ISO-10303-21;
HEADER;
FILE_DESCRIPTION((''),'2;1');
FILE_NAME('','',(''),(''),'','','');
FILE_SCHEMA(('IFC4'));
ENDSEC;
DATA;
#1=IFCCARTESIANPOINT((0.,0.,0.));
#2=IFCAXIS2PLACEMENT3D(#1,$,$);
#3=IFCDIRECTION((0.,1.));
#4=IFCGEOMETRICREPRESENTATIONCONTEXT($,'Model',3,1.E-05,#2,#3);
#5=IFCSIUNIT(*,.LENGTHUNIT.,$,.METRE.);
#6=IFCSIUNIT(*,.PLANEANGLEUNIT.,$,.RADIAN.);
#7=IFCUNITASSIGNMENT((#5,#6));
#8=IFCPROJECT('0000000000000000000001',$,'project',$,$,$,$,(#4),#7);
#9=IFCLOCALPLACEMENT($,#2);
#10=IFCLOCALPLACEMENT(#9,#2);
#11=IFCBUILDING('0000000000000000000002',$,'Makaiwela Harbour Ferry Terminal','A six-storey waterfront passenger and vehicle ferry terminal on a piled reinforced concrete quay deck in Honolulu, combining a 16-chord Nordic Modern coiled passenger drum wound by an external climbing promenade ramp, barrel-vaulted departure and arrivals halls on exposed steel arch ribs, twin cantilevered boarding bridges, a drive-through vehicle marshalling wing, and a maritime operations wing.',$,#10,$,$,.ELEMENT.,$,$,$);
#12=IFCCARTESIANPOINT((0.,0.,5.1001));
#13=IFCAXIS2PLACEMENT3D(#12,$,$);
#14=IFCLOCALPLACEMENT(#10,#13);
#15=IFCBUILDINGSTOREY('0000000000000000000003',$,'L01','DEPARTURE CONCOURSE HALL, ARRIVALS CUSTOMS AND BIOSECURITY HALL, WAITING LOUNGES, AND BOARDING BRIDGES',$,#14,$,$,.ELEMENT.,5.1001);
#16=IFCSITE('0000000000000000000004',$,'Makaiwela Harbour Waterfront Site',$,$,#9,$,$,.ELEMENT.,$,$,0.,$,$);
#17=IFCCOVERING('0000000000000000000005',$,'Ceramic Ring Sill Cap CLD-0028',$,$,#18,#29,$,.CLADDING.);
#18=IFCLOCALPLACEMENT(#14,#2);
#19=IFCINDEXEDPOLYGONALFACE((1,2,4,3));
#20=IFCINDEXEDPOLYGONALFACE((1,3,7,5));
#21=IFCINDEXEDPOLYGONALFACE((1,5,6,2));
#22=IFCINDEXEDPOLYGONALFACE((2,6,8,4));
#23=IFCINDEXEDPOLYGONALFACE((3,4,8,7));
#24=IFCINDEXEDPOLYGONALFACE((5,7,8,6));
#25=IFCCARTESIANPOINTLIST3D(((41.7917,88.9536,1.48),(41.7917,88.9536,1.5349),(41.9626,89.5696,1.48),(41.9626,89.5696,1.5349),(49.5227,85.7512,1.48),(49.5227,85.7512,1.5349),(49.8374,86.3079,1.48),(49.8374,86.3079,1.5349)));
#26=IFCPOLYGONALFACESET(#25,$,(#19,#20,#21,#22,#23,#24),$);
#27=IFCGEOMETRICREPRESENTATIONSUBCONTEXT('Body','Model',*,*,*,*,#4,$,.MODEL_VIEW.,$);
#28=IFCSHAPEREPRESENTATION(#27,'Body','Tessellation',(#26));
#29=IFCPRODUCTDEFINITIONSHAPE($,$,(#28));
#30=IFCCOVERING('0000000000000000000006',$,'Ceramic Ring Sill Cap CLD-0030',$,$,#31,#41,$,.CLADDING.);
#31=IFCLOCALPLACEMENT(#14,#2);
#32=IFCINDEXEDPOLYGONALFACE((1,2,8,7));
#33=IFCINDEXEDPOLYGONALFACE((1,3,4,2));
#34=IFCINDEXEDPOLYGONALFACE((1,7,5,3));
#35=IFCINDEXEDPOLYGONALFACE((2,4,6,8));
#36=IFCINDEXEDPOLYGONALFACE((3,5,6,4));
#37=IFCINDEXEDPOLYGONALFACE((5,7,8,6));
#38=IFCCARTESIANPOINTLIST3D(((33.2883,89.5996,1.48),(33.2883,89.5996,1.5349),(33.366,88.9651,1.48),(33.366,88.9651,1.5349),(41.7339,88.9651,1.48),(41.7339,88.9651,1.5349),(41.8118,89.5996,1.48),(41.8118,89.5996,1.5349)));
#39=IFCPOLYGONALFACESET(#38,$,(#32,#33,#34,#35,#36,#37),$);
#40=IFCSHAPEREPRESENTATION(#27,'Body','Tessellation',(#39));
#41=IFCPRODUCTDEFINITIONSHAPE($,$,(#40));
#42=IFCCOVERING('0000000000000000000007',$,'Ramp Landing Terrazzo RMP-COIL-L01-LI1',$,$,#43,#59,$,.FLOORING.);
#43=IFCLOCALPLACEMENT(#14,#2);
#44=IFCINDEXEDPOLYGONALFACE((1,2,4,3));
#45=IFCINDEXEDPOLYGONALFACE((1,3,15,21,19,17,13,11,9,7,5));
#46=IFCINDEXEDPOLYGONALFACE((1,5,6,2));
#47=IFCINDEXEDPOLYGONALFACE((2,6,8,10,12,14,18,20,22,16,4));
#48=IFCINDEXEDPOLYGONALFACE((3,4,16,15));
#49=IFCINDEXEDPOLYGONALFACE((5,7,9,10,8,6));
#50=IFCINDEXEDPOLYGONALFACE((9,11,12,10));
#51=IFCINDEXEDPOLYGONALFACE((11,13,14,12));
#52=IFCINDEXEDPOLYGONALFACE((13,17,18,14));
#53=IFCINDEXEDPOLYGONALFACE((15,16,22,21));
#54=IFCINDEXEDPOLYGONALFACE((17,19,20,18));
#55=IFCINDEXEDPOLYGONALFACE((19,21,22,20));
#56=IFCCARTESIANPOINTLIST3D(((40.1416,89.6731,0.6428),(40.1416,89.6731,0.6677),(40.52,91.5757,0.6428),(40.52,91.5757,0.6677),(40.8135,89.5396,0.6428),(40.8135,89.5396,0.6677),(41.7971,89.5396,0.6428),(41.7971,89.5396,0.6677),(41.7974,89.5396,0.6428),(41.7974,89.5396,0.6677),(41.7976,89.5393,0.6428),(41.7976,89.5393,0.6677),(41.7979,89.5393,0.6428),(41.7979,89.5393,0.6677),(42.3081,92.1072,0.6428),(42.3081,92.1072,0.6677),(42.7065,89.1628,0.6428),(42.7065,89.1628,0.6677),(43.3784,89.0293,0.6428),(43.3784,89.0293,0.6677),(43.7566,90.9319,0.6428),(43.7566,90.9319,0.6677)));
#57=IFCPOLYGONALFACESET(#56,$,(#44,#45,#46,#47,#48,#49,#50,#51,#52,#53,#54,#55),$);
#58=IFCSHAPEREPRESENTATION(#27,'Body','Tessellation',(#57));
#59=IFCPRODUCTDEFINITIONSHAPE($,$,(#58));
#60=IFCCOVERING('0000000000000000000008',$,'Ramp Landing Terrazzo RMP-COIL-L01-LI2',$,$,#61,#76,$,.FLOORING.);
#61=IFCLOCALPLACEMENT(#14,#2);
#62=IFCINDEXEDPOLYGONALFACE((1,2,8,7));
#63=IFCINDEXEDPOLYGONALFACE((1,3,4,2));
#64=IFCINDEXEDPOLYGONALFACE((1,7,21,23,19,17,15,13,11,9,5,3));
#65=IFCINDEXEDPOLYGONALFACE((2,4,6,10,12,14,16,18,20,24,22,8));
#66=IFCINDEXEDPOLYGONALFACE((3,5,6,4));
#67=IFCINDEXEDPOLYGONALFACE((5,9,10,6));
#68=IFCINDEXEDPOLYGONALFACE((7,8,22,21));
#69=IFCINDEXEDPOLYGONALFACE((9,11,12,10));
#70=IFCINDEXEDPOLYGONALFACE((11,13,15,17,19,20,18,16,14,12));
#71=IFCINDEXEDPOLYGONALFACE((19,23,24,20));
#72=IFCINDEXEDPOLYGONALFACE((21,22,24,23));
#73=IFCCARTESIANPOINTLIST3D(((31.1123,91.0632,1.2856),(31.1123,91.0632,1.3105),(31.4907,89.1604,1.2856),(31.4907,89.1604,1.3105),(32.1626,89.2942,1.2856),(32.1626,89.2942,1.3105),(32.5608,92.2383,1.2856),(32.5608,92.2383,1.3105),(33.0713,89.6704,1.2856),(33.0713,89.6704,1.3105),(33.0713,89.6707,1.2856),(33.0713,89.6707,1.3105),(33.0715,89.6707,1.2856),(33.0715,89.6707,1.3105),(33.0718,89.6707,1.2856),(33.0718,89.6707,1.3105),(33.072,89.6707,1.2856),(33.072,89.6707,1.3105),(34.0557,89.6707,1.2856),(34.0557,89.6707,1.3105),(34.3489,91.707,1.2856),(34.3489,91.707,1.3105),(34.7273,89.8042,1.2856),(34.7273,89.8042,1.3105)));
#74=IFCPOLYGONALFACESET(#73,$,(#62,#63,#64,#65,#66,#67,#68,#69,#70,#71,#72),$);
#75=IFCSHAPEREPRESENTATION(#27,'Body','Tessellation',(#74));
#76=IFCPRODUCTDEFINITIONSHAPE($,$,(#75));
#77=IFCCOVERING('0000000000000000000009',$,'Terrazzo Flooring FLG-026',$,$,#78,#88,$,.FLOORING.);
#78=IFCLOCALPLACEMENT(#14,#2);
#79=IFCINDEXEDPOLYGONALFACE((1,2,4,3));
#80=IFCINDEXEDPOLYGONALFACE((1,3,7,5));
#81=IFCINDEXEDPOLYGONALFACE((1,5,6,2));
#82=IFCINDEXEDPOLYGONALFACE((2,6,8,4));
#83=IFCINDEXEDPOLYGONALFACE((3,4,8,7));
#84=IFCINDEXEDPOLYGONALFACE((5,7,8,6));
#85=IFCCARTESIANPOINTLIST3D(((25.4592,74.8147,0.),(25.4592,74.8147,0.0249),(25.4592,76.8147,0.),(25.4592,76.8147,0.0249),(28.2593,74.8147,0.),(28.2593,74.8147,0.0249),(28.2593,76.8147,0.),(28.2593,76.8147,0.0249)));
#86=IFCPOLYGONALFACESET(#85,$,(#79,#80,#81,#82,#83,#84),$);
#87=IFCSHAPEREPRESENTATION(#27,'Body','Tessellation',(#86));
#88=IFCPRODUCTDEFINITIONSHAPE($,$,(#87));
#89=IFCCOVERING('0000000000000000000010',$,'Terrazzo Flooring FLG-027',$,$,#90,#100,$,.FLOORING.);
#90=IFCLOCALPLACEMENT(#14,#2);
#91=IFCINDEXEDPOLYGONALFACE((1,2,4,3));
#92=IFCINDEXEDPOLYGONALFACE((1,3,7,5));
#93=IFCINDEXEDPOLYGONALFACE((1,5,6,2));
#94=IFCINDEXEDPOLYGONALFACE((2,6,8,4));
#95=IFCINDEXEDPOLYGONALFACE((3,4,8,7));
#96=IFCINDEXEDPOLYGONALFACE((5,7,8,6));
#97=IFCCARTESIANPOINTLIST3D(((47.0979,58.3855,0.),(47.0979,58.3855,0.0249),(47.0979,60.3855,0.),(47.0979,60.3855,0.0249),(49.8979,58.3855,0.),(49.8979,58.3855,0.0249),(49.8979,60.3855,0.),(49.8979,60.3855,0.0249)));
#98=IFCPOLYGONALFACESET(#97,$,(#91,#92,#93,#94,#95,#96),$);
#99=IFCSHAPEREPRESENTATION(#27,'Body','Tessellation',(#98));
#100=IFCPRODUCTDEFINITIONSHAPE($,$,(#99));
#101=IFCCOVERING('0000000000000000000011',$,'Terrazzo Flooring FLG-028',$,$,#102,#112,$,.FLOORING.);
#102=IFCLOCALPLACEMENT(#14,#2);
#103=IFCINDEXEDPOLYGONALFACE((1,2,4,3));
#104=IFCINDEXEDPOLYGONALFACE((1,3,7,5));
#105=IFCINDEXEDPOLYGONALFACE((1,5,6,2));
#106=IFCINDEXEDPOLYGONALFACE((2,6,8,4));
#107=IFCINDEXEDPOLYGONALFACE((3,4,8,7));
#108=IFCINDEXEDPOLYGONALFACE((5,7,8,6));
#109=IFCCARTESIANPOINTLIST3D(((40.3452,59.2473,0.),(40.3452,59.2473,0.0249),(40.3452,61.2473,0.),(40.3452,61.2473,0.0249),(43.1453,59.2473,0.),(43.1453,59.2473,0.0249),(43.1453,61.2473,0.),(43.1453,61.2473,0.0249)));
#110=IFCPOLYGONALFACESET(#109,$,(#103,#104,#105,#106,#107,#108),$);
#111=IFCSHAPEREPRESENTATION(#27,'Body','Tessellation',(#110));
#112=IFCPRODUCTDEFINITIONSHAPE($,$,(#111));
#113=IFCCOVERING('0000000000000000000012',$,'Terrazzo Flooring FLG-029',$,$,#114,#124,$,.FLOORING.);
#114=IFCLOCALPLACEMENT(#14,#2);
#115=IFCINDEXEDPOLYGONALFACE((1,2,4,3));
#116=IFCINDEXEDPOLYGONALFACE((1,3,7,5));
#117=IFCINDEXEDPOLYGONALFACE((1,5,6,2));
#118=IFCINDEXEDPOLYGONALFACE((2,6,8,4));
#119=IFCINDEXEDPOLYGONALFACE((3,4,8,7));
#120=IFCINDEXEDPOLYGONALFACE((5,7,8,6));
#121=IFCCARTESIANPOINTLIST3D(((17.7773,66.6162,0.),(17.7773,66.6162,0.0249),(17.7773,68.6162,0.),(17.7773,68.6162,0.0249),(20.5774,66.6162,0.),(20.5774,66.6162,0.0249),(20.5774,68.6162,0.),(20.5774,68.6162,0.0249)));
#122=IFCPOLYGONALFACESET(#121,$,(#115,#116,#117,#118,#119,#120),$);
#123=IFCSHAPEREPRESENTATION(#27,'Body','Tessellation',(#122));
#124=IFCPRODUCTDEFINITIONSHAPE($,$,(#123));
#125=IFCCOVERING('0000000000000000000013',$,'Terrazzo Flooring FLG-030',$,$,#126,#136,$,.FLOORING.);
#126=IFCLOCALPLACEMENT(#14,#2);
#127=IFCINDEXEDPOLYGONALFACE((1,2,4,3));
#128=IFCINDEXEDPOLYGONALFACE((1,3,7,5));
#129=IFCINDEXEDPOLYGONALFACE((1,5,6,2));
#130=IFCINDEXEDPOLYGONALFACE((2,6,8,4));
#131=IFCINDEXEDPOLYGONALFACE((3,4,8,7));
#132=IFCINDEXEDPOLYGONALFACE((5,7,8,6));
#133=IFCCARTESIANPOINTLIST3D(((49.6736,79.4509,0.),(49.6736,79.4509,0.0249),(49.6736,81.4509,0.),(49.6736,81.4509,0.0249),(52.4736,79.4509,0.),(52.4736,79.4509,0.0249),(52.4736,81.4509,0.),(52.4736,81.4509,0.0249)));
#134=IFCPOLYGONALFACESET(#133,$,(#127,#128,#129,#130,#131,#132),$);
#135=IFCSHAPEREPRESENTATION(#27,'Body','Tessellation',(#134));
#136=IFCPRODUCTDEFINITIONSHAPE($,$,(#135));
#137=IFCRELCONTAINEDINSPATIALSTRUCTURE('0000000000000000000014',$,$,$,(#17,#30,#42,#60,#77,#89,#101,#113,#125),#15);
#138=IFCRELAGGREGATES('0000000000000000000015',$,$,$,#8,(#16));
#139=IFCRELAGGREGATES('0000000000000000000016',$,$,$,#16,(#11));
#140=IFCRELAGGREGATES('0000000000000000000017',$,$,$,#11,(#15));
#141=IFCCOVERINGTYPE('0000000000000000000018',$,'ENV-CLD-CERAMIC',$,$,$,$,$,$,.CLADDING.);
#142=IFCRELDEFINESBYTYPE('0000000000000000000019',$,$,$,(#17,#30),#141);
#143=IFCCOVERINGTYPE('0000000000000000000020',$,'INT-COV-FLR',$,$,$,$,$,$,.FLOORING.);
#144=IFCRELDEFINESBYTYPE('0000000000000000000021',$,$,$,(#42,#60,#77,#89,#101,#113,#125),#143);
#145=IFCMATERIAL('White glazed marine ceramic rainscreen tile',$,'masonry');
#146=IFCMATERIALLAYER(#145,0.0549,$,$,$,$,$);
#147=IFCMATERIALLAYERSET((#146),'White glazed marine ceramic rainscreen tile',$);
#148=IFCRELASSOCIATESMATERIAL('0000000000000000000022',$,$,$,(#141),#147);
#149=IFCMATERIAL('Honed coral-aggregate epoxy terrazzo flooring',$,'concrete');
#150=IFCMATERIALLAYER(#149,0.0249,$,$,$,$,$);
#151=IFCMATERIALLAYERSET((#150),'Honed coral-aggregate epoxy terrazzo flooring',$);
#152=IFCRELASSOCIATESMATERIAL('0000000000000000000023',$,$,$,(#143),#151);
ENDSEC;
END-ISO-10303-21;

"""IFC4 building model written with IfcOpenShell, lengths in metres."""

from ifc_helpers import new_model, si_unit, direction, frame, origin, place, context, subcontext, project, spatial, polyline, outline, extrude, material, layer, layer_set, type_object, element, save


model = new_model("IFC4")

# Units and contexts
model_context = context("Model", 3, precision=1e-05, world=origin(), true_north=direction((0.0, 1.0)))
body_context = subcontext(model_context, "Body", "Model", "MODEL_VIEW")
ifc_project = project(units=[si_unit("LENGTHUNIT", "METRE"), si_unit("PLANEANGLEUNIT", "RADIAN")], contexts=[model_context])

# Site, building, storey
site_placement = place(None, origin())
site = spatial("IfcSite", under=ifc_project, at=site_placement, Name="Makaiwela Harbour Waterfront Site", CompositionType="ELEMENT", RefElevation=0.0)
building_placement = place(site_placement, origin())
building = spatial("IfcBuilding", under=site, at=building_placement, Name="Makaiwela Harbour Ferry Terminal", Description="A six-storey waterfront passenger and vehicle ferry terminal on a piled reinforced concrete quay deck in Honolulu, combining a 16-chord Nordic Modern coiled passenger drum wound by an external climbing promenade ramp, barrel-vaulted departure and arrivals halls on exposed steel arch ribs, twin cantilevered boarding bridges, a drive-through vehicle marshalling wing, and a maritime operations wing.", CompositionType="ELEMENT")
storey_placement = place(building_placement, frame((0.0, 0.0, 5.1001)))
storey = spatial("IfcBuildingStorey", under=building, at=storey_placement, Name="L01", Description="DEPARTURE CONCOURSE HALL, ARRIVALS CUSTOMS AND BIOSECURITY HALL, WAITING LOUNGES, AND BOARDING BRIDGES", CompositionType="ELEMENT", Elevation=5.1001)

# Coverings
ifc_material_1 = material(Name="White glazed marine ceramic rainscreen tile", Category="masonry")
ifc_layer_1 = layer(ifc_material_1, 0.0549)
ifc_layer_set_1 = layer_set([ifc_layer_1], Name="White glazed marine ceramic rainscreen tile")
covering_type_1 = type_object("IfcCoveringType", Name="ENV-CLD-CERAMIC", PredefinedType="CLADDING", material=ifc_layer_set_1)
covering_1_placement = place(storey_placement, frame((0.0, 0.0, 1.48)))
element("IfcCovering", 1, at=covering_1_placement, inside=storey, type_object=covering_type_1, Name="Ceramic Ring Sill Cap CLD-0028", PredefinedType="CLADDING", context=body_context, shape_type="SweptSolid", body=[
    extrude(outline(polyline([(49.8374, 86.3079), (41.9626, 89.5696), (41.7917, 88.9536), (49.5227, 85.7512), (49.8374, 86.3079)])), origin(), (0.0, 0.0, 1.0), 0.0549),
])
covering_2_placement = place(storey_placement, frame((0.0, 0.0, 1.48)))
element("IfcCovering", 2, at=covering_2_placement, inside=storey, type_object=covering_type_1, Name="Ceramic Ring Sill Cap CLD-0030", PredefinedType="CLADDING", context=body_context, shape_type="SweptSolid", body=[
    extrude(outline(polyline([(41.8118, 89.5996), (33.2883, 89.5996), (33.366, 88.9651), (41.7339, 88.9651), (41.8118, 89.5996)])), origin(), (0.0, 0.0, 1.0), 0.0549),
])
ifc_material_2 = material(Name="Honed coral-aggregate epoxy terrazzo flooring", Category="concrete")
ifc_layer_2 = layer(ifc_material_2, 0.0249)
ifc_layer_set_2 = layer_set([ifc_layer_2], Name="Honed coral-aggregate epoxy terrazzo flooring")
covering_type_2 = type_object("IfcCoveringType", Name="INT-COV-FLR", PredefinedType="FLOORING", material=ifc_layer_set_2)
covering_3_placement = place(storey_placement, frame((0.0, 0.0, 0.6428)))
element("IfcCovering", 3, at=covering_3_placement, inside=storey, type_object=covering_type_2, Name="Ramp Landing Terrazzo RMP-COIL-L01-LI1", PredefinedType="FLOORING", context=body_context, shape_type="SweptSolid", body=[
    extrude(outline(polyline([(40.8135, 89.5396), (41.7971, 89.5396), (41.7971, 89.5396), (41.7974, 89.5396), (41.7976, 89.5393), (41.7979, 89.5393), (42.7065, 89.1628), (43.3784, 89.0293), (43.7566, 90.9319), (42.3081, 92.1072), (40.52, 91.5757), (40.1416, 89.6731), (40.8135, 89.5396)])), origin(), (0.0, 0.0, 1.0), 0.0249),
])
covering_4_placement = place(storey_placement, frame((0.0, 0.0, 1.2856)))
element("IfcCovering", 4, at=covering_4_placement, inside=storey, type_object=covering_type_2, Name="Ramp Landing Terrazzo RMP-COIL-L01-LI2", PredefinedType="FLOORING", context=body_context, shape_type="SweptSolid", body=[
    extrude(outline(polyline([(32.1626, 89.2942), (33.0713, 89.6704), (33.0713, 89.6707), (33.0715, 89.6707), (33.0718, 89.6707), (33.072, 89.6707), (34.0557, 89.6707), (34.7273, 89.8042), (34.3489, 91.707), (32.5608, 92.2383), (31.1123, 91.0632), (31.4907, 89.1604), (32.1626, 89.2942)])), origin(), (0.0, 0.0, 1.0), 0.0249),
])
covering_5_placement = place(storey_placement, origin())
element("IfcCovering", 5, at=covering_5_placement, inside=storey, type_object=covering_type_2, Name="Terrazzo Flooring FLG-026", PredefinedType="FLOORING", context=body_context, shape_type="SweptSolid", body=[
    extrude(outline(polyline([(25.4592, 74.8147), (28.2593, 74.8147), (28.2593, 76.8147), (25.4592, 76.8147), (25.4592, 74.8147)])), origin(), (0.0, 0.0, 1.0), 0.0249),
])
covering_6_placement = place(storey_placement, origin())
element("IfcCovering", 6, at=covering_6_placement, inside=storey, type_object=covering_type_2, Name="Terrazzo Flooring FLG-027", PredefinedType="FLOORING", context=body_context, shape_type="SweptSolid", body=[
    extrude(outline(polyline([(47.0979, 58.3855), (49.8979, 58.3855), (49.8979, 60.3855), (47.0979, 60.3855), (47.0979, 58.3855)])), origin(), (0.0, 0.0, 1.0), 0.0249),
])
covering_7_placement = place(storey_placement, origin())
element("IfcCovering", 7, at=covering_7_placement, inside=storey, type_object=covering_type_2, Name="Terrazzo Flooring FLG-028", PredefinedType="FLOORING", context=body_context, shape_type="SweptSolid", body=[
    extrude(outline(polyline([(40.3452, 59.2473), (43.1453, 59.2473), (43.1453, 61.2473), (40.3452, 61.2473), (40.3452, 59.2473)])), origin(), (0.0, 0.0, 1.0), 0.0249),
])
covering_8_placement = place(storey_placement, origin())
element("IfcCovering", 8, at=covering_8_placement, inside=storey, type_object=covering_type_2, Name="Terrazzo Flooring FLG-029", PredefinedType="FLOORING", context=body_context, shape_type="SweptSolid", body=[
    extrude(outline(polyline([(17.7773, 66.6162), (20.5774, 66.6162), (20.5774, 68.6162), (17.7773, 68.6162), (17.7773, 66.6162)])), origin(), (0.0, 0.0, 1.0), 0.0249),
])
covering_9_placement = place(storey_placement, origin())
element("IfcCovering", 9, at=covering_9_placement, inside=storey, type_object=covering_type_2, Name="Terrazzo Flooring FLG-030", PredefinedType="FLOORING", context=body_context, shape_type="SweptSolid", body=[
    extrude(outline(polyline([(49.6736, 79.4509), (52.4736, 79.4509), (52.4736, 81.4509), (49.6736, 81.4509), (49.6736, 79.4509)])), origin(), (0.0, 0.0, 1.0), 0.0249),
])

save(model, "model.ifc")
